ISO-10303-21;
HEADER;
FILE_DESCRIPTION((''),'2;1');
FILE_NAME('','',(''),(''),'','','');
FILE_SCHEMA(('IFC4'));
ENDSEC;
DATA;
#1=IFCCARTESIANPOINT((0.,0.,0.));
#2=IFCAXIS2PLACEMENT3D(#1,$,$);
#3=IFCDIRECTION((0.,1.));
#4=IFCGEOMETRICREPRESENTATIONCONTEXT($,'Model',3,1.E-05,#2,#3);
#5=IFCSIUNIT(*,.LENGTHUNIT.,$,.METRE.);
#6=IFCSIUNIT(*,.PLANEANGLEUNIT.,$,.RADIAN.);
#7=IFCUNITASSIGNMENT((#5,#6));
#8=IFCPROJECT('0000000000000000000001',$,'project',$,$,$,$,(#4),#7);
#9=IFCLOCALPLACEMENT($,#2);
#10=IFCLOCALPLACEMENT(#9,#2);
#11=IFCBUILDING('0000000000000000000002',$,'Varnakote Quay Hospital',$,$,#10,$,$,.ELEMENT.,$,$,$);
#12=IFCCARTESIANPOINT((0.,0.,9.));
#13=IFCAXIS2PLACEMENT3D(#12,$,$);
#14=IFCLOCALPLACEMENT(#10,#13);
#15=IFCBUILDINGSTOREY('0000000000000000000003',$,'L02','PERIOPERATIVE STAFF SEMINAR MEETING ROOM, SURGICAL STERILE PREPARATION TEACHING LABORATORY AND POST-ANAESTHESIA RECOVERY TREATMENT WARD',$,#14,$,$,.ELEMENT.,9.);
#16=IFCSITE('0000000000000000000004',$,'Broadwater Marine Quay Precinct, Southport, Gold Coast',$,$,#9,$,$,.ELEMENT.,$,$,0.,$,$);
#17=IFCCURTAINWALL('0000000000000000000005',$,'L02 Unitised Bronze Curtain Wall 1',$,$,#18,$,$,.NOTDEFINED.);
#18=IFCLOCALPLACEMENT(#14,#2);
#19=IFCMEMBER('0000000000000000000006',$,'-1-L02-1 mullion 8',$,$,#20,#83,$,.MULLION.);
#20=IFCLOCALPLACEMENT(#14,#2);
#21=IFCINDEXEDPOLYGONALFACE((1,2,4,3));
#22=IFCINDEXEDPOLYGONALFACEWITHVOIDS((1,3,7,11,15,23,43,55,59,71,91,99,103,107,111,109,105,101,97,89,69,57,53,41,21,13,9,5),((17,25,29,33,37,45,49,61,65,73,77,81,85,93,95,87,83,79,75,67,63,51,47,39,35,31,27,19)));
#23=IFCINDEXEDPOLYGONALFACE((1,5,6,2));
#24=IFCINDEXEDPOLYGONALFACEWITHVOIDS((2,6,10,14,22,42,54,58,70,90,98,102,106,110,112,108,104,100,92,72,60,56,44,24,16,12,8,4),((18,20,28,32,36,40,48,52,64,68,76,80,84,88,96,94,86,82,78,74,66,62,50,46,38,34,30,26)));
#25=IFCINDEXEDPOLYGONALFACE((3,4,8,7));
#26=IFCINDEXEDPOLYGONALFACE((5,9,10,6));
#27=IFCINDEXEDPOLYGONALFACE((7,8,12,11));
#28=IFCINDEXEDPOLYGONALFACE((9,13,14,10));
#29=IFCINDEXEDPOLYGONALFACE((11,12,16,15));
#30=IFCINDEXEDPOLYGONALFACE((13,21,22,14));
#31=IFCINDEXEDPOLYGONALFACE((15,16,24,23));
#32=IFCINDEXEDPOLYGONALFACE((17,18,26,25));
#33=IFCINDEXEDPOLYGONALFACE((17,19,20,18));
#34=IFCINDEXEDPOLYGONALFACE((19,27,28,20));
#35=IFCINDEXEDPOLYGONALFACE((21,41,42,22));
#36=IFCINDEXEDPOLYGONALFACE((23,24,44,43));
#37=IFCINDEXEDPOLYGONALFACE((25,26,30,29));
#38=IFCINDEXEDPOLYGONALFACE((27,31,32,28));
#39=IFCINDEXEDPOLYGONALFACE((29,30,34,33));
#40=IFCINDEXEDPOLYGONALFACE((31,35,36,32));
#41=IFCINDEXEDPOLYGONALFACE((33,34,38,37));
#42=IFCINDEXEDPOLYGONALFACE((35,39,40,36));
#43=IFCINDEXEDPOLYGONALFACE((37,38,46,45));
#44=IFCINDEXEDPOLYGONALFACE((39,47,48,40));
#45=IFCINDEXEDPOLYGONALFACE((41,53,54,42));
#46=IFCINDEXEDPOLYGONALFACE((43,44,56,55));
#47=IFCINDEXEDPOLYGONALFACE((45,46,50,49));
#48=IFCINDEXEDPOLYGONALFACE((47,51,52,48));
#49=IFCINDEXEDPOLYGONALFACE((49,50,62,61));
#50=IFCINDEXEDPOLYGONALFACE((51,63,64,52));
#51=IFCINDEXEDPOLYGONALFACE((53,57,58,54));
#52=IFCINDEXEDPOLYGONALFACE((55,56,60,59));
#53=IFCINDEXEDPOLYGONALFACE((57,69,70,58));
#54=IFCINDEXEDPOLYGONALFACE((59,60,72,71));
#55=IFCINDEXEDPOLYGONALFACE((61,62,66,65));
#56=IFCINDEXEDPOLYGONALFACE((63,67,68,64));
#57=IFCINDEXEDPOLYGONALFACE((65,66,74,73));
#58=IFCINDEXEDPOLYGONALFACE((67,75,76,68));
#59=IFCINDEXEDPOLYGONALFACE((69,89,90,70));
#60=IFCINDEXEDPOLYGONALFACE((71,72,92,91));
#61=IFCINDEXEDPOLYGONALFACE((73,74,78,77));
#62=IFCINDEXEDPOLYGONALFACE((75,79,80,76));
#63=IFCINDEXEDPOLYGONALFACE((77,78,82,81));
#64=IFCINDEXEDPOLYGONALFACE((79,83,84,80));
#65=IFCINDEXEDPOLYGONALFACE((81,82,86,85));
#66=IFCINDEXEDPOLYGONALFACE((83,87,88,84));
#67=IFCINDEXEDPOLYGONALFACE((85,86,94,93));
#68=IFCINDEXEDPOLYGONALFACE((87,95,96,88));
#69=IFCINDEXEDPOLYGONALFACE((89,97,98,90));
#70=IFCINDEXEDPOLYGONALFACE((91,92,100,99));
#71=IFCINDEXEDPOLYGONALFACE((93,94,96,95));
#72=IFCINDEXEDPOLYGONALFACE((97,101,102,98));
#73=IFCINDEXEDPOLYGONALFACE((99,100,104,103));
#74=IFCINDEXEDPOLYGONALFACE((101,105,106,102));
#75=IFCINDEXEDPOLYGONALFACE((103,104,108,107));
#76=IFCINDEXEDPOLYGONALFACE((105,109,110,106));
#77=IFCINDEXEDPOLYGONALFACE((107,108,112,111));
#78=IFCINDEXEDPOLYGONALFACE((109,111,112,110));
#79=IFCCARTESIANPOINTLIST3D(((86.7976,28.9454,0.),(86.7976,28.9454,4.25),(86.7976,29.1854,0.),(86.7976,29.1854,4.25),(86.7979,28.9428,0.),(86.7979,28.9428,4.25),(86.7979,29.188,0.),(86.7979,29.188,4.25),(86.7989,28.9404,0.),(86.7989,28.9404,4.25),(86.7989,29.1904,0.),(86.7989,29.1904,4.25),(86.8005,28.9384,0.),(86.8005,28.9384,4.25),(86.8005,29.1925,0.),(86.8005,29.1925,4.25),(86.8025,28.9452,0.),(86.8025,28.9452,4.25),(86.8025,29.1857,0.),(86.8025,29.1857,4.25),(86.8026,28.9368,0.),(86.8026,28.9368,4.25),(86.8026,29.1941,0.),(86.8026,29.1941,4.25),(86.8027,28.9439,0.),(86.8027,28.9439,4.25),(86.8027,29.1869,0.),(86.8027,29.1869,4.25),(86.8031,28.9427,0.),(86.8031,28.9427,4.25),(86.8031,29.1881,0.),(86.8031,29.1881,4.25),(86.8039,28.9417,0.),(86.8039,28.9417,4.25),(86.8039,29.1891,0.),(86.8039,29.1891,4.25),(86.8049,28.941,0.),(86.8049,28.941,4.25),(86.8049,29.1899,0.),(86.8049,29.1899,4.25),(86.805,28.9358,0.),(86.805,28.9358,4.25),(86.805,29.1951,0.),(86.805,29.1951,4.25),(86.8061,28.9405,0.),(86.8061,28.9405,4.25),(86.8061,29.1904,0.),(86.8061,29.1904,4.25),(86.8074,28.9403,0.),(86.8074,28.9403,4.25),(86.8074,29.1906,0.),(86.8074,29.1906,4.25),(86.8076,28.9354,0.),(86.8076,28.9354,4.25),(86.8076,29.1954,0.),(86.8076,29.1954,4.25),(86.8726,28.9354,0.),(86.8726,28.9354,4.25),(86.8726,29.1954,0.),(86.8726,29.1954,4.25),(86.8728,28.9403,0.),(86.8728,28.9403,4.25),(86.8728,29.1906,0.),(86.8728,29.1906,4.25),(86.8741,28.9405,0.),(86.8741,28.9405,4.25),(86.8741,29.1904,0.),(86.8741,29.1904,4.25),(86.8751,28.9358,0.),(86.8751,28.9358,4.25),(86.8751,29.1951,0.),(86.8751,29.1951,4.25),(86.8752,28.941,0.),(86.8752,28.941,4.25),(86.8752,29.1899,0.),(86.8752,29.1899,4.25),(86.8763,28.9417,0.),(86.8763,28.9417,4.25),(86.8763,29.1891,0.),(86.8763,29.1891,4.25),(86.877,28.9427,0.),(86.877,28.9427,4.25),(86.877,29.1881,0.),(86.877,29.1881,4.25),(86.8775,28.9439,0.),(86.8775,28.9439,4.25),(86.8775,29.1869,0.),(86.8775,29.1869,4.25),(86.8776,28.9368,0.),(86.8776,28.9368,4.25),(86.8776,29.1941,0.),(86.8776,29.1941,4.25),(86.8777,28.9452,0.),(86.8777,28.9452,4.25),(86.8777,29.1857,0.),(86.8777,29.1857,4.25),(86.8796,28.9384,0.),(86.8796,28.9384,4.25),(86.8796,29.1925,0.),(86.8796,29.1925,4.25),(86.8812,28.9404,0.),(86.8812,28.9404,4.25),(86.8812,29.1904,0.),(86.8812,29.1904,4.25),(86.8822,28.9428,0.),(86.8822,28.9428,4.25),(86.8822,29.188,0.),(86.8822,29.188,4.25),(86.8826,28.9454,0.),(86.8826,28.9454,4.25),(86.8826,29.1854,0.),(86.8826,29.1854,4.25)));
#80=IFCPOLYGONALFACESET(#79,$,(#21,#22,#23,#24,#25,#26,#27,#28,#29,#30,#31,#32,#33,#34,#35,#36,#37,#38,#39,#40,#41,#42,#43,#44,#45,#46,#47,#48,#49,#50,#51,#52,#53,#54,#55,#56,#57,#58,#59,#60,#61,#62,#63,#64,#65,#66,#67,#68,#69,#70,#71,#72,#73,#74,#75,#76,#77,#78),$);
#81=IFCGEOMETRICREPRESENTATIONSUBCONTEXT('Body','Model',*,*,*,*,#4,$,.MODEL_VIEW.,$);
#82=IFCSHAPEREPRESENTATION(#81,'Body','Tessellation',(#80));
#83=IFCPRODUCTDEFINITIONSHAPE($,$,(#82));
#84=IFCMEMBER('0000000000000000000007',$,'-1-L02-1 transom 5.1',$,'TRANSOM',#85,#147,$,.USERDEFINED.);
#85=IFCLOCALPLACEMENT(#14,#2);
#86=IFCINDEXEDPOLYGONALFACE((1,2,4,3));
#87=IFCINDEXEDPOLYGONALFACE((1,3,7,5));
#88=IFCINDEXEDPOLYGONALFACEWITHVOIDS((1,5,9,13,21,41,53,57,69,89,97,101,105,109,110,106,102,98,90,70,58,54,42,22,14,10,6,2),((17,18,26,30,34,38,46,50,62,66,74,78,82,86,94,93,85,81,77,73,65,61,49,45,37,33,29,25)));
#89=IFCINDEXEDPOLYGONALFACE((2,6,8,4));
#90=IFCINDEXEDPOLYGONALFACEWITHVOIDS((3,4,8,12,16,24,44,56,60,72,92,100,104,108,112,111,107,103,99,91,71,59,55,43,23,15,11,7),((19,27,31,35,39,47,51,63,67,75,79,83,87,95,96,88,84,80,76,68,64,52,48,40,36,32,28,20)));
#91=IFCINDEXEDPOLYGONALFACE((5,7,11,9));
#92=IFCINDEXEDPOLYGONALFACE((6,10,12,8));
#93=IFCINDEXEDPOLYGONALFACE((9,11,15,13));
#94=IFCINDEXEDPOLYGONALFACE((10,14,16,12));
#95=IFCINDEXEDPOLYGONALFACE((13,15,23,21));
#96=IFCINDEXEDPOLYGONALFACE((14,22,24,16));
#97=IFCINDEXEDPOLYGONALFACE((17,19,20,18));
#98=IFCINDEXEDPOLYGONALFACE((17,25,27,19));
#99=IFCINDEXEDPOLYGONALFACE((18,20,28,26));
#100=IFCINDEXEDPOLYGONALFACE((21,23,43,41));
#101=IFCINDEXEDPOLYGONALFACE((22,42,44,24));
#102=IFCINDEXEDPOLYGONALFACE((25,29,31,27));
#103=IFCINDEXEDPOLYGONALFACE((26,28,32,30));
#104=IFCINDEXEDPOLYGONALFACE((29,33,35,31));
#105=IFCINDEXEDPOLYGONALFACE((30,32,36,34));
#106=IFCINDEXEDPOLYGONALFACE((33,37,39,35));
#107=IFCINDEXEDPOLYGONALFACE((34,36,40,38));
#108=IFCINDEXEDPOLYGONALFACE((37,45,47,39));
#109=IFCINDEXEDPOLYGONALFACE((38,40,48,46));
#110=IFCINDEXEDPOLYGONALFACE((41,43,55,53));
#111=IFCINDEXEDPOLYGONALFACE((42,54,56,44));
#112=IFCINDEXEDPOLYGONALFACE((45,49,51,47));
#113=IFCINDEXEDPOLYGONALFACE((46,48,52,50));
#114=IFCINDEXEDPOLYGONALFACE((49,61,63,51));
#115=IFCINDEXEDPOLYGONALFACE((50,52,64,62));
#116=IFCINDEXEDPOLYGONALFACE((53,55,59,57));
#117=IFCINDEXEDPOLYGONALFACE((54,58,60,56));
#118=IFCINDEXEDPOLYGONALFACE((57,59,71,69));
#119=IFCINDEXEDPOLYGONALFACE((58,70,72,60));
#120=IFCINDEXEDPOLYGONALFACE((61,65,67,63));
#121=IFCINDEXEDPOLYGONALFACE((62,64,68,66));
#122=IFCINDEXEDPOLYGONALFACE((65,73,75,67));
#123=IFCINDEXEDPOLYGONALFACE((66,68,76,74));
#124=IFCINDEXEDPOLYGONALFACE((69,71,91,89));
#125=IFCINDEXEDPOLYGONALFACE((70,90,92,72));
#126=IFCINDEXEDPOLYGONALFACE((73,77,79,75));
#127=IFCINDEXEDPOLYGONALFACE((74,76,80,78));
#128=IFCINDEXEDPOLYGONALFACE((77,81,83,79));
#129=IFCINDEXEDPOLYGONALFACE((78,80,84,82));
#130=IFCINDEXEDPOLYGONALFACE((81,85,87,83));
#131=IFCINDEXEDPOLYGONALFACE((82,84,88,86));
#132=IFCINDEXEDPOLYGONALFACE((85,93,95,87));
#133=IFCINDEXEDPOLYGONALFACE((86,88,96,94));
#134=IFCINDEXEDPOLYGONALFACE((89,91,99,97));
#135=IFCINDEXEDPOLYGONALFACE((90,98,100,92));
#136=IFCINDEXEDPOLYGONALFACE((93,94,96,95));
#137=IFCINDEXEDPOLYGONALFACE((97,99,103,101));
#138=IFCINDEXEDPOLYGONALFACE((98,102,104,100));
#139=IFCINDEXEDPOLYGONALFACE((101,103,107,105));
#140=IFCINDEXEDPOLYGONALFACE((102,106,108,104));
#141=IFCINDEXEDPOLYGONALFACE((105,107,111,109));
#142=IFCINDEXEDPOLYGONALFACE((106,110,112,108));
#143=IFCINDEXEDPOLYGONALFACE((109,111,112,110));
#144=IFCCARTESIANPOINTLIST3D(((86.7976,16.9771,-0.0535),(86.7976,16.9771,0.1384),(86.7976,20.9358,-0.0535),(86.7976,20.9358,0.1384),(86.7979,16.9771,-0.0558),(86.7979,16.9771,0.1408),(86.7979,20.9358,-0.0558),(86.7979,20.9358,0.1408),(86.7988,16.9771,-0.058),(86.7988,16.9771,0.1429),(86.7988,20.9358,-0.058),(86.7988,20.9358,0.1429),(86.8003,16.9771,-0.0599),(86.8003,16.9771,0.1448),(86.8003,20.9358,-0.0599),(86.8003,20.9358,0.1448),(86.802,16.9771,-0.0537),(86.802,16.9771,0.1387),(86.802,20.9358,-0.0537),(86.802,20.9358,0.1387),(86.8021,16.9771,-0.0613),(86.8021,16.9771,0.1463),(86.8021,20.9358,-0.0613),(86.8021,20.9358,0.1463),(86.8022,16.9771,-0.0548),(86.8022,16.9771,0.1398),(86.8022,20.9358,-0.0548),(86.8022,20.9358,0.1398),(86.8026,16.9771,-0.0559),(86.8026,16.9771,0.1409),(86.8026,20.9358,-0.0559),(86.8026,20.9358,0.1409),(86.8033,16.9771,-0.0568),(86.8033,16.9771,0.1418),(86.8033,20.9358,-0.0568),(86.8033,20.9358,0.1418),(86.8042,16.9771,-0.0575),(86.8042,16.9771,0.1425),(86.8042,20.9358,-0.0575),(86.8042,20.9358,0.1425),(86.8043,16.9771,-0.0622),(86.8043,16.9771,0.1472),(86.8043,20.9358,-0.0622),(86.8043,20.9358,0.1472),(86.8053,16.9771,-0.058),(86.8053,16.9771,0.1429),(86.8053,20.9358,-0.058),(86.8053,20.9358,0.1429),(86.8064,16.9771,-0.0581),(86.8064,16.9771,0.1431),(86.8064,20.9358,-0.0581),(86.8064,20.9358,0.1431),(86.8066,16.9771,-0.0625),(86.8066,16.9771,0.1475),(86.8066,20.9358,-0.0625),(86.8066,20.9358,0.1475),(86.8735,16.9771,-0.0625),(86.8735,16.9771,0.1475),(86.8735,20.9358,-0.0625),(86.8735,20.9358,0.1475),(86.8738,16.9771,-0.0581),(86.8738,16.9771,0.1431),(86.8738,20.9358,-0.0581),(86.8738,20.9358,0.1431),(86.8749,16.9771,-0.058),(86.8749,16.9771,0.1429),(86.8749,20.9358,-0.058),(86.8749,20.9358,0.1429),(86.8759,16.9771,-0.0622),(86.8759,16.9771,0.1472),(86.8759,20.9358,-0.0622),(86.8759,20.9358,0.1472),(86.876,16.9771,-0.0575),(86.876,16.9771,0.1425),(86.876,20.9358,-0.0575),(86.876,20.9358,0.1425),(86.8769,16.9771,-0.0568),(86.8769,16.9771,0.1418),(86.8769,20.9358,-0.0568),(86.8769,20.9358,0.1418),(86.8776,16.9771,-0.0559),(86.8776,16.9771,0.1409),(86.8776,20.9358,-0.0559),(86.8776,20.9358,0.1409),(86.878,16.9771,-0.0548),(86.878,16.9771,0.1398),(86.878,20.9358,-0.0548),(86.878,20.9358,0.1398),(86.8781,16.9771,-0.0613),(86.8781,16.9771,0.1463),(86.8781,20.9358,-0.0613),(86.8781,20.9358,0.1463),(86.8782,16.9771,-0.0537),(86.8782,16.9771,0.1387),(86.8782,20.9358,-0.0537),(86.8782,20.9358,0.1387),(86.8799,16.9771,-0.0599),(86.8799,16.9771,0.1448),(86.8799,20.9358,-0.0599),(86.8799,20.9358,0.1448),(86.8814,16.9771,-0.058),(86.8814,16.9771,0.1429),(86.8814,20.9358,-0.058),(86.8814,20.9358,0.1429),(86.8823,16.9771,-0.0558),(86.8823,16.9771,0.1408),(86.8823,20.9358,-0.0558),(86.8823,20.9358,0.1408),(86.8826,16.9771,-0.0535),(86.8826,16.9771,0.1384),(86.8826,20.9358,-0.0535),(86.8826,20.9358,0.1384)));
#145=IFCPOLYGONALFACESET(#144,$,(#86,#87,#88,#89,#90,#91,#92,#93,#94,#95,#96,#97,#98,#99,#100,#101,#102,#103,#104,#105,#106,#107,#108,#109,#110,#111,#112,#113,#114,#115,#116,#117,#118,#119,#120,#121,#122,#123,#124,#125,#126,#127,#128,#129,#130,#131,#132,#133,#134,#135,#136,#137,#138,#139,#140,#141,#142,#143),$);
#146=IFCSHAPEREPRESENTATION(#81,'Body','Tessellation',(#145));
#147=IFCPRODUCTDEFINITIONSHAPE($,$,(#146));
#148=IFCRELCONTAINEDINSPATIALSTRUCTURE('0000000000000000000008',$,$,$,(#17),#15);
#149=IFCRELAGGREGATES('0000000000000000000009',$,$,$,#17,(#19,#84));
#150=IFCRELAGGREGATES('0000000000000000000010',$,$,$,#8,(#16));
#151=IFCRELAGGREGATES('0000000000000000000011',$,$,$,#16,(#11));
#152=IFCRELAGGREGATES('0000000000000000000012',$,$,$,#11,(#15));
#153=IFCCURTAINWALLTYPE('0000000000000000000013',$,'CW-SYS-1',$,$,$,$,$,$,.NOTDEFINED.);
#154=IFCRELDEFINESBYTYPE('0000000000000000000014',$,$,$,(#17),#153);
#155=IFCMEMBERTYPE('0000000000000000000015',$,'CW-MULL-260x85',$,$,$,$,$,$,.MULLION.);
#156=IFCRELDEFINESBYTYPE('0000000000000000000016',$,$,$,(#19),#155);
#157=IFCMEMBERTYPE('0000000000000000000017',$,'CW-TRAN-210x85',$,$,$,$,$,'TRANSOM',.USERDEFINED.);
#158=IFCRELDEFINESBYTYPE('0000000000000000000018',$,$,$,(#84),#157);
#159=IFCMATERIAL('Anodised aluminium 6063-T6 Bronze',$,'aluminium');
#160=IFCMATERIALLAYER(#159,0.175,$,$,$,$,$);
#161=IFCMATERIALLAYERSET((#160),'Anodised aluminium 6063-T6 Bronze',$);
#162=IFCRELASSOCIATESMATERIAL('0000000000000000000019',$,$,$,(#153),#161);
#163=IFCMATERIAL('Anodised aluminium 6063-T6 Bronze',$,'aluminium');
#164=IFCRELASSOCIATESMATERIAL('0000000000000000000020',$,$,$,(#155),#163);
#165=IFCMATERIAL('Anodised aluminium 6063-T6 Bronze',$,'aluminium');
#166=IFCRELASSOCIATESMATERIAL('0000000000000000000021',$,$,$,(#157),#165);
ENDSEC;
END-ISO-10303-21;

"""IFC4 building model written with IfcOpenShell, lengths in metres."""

from ifc_helpers import new_model, si_unit, direction, frame, origin, origin_2d, place, context, subcontext, project, spatial, hollow_rectangle, extrude, material, layer, layer_set, material_profile, profile_set, type_object, element, aggregate, save


model = new_model("IFC4")

# Units and contexts
model_context = context("Model", 3, precision=1e-05, world=origin(), true_north=direction((0.0, 1.0)))
body_context = subcontext(model_context, "Body", "Model", "MODEL_VIEW")
ifc_project = project(units=[si_unit("LENGTHUNIT", "METRE"), si_unit("PLANEANGLEUNIT", "RADIAN")], contexts=[model_context])

# Site, building, storey
site_placement = place(None, origin())
site = spatial("IfcSite", under=ifc_project, at=site_placement, Name="Broadwater Marine Quay Precinct, Southport, Gold Coast", CompositionType="ELEMENT", RefElevation=0.0)
building_placement = place(site_placement, origin())
building = spatial("IfcBuilding", under=site, at=building_placement, Name="Varnakote Quay Hospital", CompositionType="ELEMENT")
storey_placement = place(building_placement, frame((0.0, 0.0, 9.0)))
storey = spatial("IfcBuildingStorey", under=building, at=storey_placement, Name="L02", Description="PERIOPERATIVE STAFF SEMINAR MEETING ROOM, SURGICAL STERILE PREPARATION TEACHING LABORATORY AND POST-ANAESTHESIA RECOVERY TREATMENT WARD", CompositionType="ELEMENT", Elevation=9.0)

# Curtain wall, members
ifc_material_1 = material(Name="Anodised aluminium 6063-T6 Bronze", Category="aluminium")
ifc_layer_1 = layer(ifc_material_1, 0.175)
ifc_layer_set_1 = layer_set([ifc_layer_1], Name="Anodised aluminium 6063-T6 Bronze")
curtain_wall_type = type_object("IfcCurtainWallType", Name="CW-SYS-1", PredefinedType="NOTDEFINED", material=ifc_layer_set_1)
curtain_wall_placement = place(storey_placement, origin())
curtain_wall = element("IfcCurtainWall", 1, at=curtain_wall_placement, inside=storey, type_object=curtain_wall_type, Name="L02 Unitised Bronze Curtain Wall 1", PredefinedType="NOTDEFINED")
ifc_material_2 = material(Name="Anodised aluminium 6063-T6 Bronze", Category="aluminium")
ifc_material_profile_1 = material_profile(ifc_material_2, hollow_rectangle(XDim=0.085, YDim=0.26, WallThickness=0.0049, InnerFilletRadius=0.0049, OuterFilletRadius=0.01, at=origin_2d()), Name="CW-MULL-260x85")
ifc_profile_set_1 = profile_set([ifc_material_profile_1], Name="Anodised aluminium 6063-T6 Bronze")
member_type_1 = type_object("IfcMemberType", Name="CW-MULL-260x85", PredefinedType="MULLION", material=ifc_profile_set_1)
member_1_placement = place(storey_placement, frame((86.8401, 29.0654, 0.0), z_axis=(0.0, 0.0, 1.0), x_axis=(-1.0, 0.0, 0.0)))
member_1 = element("IfcMember", 2, at=member_1_placement, type_object=member_type_1, Name="-1-L02-1 mullion 8", PredefinedType="MULLION", context=body_context, shape_type="SweptSolid", body=[
    extrude(hollow_rectangle(XDim=0.085, YDim=0.26, WallThickness=0.0049, InnerFilletRadius=0.0049, OuterFilletRadius=0.01, at=origin_2d()), origin(), (0.0, 0.0, 1.0), 4.25),
])
ifc_material_3 = material(Name="Anodised aluminium 6063-T6 Bronze", Category="aluminium")
ifc_material_profile_2 = material_profile(ifc_material_3, hollow_rectangle(XDim=0.085, YDim=0.21, WallThickness=0.0044, InnerFilletRadius=0.0044, OuterFilletRadius=0.009, at=origin_2d()), Name="CW-TRAN-210x85")
ifc_profile_set_2 = profile_set([ifc_material_profile_2], Name="Anodised aluminium 6063-T6 Bronze")
member_type_2 = type_object("IfcMemberType", Name="CW-TRAN-210x85", ElementType="TRANSOM", PredefinedType="USERDEFINED", material=ifc_profile_set_2)
member_2_placement = place(storey_placement, frame((86.8401, 16.9771, 0.0425), z_axis=(0.0, 1.0, 0.0), x_axis=(-1.0, 0.0, 0.0)))
member_2 = element("IfcMember", 3, at=member_2_placement, type_object=member_type_2, Name="-1-L02-1 transom 5.1", ObjectType="TRANSOM", PredefinedType="USERDEFINED", context=body_context, shape_type="SweptSolid", body=[
    extrude(hollow_rectangle(XDim=0.085, YDim=0.21, WallThickness=0.0044, InnerFilletRadius=0.0044, OuterFilletRadius=0.009, at=origin_2d()), origin(), (0.0, 0.0, 1.0), 3.9587),
])
aggregate(curtain_wall, [member_1, member_2])

save(model, "model.ifc")
